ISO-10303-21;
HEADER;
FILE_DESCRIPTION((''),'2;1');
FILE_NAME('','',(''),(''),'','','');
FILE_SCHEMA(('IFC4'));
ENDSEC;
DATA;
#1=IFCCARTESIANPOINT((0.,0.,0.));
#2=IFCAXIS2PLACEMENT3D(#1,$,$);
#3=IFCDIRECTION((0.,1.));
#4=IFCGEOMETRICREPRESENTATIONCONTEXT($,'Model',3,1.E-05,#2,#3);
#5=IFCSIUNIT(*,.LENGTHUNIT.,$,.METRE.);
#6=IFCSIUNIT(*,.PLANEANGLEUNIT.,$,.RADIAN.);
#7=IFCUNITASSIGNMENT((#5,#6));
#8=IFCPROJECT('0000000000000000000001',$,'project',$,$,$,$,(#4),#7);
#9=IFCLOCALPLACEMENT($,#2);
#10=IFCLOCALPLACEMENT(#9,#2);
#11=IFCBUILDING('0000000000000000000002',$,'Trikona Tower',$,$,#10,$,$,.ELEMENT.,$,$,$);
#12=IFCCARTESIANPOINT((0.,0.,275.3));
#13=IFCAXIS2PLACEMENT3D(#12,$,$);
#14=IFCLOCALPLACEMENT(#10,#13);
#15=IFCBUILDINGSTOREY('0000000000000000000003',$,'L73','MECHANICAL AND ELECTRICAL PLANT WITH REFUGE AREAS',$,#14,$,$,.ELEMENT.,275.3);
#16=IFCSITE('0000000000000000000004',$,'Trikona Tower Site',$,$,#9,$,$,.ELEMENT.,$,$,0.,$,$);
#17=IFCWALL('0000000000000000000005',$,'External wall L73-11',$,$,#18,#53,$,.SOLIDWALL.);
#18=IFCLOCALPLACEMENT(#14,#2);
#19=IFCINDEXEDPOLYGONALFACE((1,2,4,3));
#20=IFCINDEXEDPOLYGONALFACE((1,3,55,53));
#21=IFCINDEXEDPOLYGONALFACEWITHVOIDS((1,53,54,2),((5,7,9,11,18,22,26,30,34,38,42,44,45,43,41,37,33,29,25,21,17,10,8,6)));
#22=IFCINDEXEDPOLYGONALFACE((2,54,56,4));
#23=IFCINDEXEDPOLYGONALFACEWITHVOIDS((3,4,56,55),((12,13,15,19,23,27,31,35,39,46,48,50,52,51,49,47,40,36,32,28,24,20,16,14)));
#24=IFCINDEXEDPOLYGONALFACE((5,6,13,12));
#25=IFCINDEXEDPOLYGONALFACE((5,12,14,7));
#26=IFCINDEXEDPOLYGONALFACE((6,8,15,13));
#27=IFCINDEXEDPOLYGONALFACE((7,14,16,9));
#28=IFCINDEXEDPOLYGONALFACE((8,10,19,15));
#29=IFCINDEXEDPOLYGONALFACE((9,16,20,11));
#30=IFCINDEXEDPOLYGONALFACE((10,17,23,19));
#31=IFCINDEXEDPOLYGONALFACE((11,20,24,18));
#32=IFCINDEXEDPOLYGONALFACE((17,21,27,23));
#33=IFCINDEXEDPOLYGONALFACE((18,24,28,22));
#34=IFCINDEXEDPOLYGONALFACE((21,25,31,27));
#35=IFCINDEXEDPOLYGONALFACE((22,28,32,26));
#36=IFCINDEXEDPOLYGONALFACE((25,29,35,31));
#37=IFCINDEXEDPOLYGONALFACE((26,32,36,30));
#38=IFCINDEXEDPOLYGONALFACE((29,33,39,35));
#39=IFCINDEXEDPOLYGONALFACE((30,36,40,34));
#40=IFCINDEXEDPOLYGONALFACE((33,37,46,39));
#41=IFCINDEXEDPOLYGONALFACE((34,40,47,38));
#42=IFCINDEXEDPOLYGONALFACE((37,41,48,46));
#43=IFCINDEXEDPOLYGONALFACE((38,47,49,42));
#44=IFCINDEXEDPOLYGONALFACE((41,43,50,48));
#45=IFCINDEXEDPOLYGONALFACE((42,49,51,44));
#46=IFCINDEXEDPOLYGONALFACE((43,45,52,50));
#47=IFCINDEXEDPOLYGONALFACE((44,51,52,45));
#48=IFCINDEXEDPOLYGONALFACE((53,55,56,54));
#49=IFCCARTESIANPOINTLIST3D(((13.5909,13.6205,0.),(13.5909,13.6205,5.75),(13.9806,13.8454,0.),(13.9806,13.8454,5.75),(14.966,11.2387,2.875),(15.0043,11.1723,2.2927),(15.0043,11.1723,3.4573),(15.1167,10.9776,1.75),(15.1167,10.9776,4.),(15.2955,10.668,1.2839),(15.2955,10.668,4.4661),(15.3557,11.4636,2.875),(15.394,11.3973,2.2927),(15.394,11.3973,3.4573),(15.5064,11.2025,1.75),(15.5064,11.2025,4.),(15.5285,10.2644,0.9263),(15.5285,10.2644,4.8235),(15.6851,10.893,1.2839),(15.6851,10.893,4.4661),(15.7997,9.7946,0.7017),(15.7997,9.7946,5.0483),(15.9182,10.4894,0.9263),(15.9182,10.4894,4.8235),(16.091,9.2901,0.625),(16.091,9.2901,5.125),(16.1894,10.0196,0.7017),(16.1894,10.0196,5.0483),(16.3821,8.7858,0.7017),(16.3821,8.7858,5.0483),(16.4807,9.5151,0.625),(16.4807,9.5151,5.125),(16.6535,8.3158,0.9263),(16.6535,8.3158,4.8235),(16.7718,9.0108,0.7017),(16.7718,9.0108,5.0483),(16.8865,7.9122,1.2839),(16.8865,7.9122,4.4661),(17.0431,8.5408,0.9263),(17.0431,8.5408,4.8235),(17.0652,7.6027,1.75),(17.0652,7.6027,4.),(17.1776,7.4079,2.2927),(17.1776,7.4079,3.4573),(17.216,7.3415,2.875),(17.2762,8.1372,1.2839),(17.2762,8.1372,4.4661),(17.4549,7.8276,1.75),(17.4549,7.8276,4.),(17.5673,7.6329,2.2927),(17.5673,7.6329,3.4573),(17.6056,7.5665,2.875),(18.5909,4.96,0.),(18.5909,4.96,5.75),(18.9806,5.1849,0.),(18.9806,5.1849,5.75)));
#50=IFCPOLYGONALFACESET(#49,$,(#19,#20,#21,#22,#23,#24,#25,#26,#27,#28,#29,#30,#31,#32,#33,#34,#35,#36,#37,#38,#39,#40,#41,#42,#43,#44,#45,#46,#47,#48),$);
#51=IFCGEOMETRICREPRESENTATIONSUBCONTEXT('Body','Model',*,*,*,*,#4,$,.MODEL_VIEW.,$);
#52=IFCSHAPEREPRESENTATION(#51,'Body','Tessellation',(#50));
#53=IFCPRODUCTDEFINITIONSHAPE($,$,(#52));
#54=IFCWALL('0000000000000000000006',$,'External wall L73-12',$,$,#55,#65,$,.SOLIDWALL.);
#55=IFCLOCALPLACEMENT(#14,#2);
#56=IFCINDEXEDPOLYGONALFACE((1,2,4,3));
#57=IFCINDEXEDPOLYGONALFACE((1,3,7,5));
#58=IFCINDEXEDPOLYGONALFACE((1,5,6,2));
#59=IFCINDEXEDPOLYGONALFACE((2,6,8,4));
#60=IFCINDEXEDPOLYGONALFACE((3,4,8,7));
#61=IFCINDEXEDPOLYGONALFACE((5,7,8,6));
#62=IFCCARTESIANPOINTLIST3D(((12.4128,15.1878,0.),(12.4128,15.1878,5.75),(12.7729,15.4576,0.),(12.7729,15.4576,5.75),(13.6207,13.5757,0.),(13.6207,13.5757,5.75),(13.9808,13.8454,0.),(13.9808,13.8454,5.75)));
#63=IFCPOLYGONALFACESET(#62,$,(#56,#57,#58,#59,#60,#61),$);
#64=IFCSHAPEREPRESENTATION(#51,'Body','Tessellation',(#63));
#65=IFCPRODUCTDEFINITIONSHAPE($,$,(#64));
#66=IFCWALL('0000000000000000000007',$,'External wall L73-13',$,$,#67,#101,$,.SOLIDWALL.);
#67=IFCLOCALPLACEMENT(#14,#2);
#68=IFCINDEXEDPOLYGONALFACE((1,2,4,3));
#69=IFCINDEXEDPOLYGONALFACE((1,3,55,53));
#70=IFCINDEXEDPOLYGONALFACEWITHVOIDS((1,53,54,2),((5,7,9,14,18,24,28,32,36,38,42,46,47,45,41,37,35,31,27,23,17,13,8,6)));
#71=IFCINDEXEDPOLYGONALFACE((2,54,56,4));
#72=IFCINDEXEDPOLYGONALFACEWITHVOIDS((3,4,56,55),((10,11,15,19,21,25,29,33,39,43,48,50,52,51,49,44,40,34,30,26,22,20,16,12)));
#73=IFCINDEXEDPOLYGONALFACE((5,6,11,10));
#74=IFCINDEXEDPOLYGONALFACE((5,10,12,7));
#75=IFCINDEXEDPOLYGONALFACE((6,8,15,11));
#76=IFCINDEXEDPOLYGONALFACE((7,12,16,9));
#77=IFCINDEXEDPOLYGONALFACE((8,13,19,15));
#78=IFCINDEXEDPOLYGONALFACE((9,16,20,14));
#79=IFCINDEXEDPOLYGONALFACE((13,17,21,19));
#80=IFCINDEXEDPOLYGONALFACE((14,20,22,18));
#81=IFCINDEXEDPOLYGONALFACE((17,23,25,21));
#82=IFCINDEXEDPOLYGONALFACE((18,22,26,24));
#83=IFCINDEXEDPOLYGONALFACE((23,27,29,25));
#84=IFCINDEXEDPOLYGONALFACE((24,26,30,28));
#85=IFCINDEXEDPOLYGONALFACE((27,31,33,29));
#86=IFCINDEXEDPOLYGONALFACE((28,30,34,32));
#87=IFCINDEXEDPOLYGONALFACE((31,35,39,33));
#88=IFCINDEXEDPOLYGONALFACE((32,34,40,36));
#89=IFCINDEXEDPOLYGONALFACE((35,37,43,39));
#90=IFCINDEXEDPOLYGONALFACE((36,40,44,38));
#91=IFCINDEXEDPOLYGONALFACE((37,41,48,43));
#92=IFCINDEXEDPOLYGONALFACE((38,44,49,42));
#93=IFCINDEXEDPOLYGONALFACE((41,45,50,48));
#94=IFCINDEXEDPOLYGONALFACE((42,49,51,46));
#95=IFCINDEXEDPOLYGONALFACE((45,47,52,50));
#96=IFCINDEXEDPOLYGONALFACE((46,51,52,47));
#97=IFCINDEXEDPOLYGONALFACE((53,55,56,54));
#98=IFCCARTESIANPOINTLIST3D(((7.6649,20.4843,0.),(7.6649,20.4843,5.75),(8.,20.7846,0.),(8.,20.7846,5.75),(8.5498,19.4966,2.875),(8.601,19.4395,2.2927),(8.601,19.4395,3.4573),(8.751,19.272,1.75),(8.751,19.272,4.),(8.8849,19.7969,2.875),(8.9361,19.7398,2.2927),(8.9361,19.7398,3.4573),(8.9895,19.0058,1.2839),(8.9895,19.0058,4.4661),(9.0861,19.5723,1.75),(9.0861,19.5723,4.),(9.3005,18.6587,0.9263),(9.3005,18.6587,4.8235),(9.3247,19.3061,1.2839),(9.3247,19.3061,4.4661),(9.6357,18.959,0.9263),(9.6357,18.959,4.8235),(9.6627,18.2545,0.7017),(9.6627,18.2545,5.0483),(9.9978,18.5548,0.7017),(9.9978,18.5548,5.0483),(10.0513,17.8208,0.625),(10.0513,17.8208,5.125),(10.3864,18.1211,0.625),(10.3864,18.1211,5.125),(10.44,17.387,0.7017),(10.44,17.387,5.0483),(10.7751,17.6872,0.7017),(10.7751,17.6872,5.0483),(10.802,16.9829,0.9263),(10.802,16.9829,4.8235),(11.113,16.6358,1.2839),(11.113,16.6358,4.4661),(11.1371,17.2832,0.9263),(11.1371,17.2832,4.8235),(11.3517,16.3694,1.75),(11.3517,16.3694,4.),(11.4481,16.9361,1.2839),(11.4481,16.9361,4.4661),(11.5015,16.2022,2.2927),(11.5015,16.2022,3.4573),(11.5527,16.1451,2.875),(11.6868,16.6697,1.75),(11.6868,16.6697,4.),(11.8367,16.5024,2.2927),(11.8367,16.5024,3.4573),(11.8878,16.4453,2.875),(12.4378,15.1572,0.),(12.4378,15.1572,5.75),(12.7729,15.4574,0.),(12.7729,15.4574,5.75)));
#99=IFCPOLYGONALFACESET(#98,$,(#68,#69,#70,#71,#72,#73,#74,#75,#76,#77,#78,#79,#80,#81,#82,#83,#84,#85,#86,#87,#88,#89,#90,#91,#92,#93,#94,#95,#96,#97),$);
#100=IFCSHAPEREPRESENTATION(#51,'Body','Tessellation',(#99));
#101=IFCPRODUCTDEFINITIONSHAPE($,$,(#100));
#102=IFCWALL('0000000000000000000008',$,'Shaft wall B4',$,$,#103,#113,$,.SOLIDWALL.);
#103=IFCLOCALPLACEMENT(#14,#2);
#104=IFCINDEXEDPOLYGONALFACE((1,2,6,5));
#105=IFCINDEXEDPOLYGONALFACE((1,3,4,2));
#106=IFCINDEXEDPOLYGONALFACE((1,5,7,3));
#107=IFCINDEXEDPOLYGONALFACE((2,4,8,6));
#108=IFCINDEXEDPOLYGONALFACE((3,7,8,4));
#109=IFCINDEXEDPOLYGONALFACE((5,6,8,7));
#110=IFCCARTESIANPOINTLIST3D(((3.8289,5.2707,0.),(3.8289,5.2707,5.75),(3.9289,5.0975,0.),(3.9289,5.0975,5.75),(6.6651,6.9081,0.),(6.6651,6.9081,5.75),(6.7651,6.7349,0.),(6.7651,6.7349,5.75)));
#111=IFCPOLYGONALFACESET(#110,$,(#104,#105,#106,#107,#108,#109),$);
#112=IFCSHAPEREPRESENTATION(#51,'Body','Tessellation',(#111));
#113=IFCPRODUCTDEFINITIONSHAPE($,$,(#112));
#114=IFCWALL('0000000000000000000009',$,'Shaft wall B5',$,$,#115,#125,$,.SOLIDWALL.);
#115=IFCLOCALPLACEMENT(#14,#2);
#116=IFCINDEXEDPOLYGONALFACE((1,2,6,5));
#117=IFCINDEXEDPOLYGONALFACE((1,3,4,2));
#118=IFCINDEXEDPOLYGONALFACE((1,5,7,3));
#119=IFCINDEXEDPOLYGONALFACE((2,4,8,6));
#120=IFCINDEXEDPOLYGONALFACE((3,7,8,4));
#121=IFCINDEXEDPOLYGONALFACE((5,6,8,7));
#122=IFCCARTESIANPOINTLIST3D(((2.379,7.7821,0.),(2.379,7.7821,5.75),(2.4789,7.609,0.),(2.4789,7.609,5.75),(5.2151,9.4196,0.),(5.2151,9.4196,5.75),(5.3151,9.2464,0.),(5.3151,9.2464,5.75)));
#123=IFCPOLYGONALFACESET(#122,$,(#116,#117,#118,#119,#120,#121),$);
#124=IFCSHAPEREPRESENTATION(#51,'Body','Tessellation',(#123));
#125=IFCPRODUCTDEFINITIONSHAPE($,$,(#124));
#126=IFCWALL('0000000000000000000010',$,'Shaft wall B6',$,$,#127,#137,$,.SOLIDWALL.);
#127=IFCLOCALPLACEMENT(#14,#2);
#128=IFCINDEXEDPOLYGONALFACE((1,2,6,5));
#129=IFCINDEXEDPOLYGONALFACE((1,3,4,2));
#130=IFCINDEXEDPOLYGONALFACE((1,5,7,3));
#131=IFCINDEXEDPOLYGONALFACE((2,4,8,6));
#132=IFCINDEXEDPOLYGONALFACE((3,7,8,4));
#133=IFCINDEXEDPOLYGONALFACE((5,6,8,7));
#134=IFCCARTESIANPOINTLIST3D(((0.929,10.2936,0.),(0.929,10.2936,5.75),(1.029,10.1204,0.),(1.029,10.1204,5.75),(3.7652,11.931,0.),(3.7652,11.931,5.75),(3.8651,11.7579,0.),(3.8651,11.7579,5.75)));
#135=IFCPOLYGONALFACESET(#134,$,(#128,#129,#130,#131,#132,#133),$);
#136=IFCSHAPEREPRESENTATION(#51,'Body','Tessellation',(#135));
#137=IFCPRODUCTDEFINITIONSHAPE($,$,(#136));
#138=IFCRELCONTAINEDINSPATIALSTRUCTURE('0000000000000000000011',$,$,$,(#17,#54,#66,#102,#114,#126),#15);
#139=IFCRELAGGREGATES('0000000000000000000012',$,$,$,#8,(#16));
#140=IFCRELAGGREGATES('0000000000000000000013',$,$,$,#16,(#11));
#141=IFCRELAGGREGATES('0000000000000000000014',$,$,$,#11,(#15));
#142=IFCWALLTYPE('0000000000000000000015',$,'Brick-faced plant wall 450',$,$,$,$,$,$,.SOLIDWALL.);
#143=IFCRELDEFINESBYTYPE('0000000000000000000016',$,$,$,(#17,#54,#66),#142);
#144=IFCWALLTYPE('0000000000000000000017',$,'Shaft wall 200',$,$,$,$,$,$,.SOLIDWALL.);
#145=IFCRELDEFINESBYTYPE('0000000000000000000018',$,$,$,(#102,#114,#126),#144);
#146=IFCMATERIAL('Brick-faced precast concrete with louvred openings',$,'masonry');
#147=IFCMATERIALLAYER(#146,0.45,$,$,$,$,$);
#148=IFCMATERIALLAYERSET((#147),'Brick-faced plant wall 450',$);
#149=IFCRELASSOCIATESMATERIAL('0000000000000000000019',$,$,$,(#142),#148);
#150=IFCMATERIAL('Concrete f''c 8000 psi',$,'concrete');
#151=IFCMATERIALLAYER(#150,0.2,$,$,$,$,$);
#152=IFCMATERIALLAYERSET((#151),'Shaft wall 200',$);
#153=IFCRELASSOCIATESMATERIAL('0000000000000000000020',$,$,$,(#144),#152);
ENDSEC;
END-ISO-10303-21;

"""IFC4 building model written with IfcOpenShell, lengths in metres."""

from ifc_helpers import new_model, si_unit, direction, frame, frame_2d, origin, place, context, subcontext, project, spatial, polyline, rectangle, outline, extrude, material, layer, layer_set, type_object, element, save


model = new_model("IFC4")

# Units and contexts
model_context = context("Model", 3, precision=1e-05, world=origin(), true_north=direction((0.0, 1.0)))
body_context = subcontext(model_context, "Body", "Model", "MODEL_VIEW")
ifc_project = project(units=[si_unit("LENGTHUNIT", "METRE"), si_unit("PLANEANGLEUNIT", "RADIAN")], contexts=[model_context])

# Site, building, storey
site_placement = place(None, origin())
site = spatial("IfcSite", under=ifc_project, at=site_placement, Name="Trikona Tower Site", CompositionType="ELEMENT", RefElevation=0.0)
building_placement = place(site_placement, origin())
building = spatial("IfcBuilding", under=site, at=building_placement, Name="Trikona Tower", CompositionType="ELEMENT")
storey_placement = place(building_placement, frame((0.0, 0.0, 275.3)))
storey = spatial("IfcBuildingStorey", under=building, at=storey_placement, Name="L73", Description="MECHANICAL AND ELECTRICAL PLANT WITH REFUGE AREAS", CompositionType="ELEMENT", Elevation=275.3)

# Walls
ifc_material_1 = material(Name="Brick-faced precast concrete with louvred openings", Category="masonry")
ifc_layer_1 = layer(ifc_material_1, 0.45)
ifc_layer_set_1 = layer_set([ifc_layer_1], Name="Brick-faced plant wall 450")
wall_type_1 = type_object("IfcWallType", Name="Brick-faced plant wall 450", PredefinedType="SOLIDWALL", material=ifc_layer_set_1)
wall_1_placement = place(storey_placement, frame((18.7859, 5.0725, 0.0), z_axis=(0.0, 0.0, 1.0), x_axis=(-0.499994, 0.866029, 0.0)))
element("IfcWall", 1, at=wall_1_placement, inside=storey, type_object=wall_type_1, Name="External wall L73-11", PredefinedType="SOLIDWALL", context=body_context, shape_type="SweptSolid", body=[
    extrude(outline(polyline([(0.0, 0.0), (10.0002, 0.0), (10.0002, 5.75), (0.0, 5.75), (0.0, 0.0)]), holes=[polyline([(7.25, 2.875), (7.1733, 3.4573), (6.9485, 4.0), (6.5911, 4.4661), (6.125, 4.8235), (5.5825, 5.0483), (5.0, 5.125), (4.4177, 5.0483), (3.875, 4.8235), (3.4089, 4.4661), (3.0515, 4.0), (2.8267, 3.4573), (2.75, 2.875), (2.8267, 2.2927), (3.0515, 1.75), (3.4089, 1.2839), (3.875, 0.9263), (4.4177, 0.7017), (5.0, 0.625), (5.5825, 0.7017), (6.125, 0.9263), (6.5911, 1.2839), (6.9485, 1.75), (7.1733, 2.2927), (7.25, 2.875)])]), frame((0.0, 0.2251, 0.0), z_axis=(0.0, -1.0, 0.0), x_axis=(1.0, 0.0, 0.0)), (0.0, 0.0, 1.0), 0.45),
])
wall_2_placement = place(storey_placement, frame((13.8008, 13.7104, 0.0), z_axis=(0.0, 0.0, 1.0), x_axis=(-0.599593, 0.800305, 0.0)))
element("IfcWall", 2, at=wall_2_placement, inside=storey, type_object=wall_type_1, Name="External wall L73-12", PredefinedType="SOLIDWALL", context=body_context, shape_type="SweptSolid", body=[
    extrude(rectangle(XDim=2.0144, YDim=0.45, at=frame_2d((1.0073, 0.0))), origin(), (0.0, 0.0, 1.0), 5.75),
])
wall_3_placement = place(storey_placement, frame((12.6055, 15.3074, 0.0), z_axis=(0.0, 0.0, 1.0), x_axis=(-0.667304, 0.744786, 0.0)))
element("IfcWall", 3, at=wall_3_placement, inside=storey, type_object=wall_type_1, Name="External wall L73-13", PredefinedType="SOLIDWALL", context=body_context, shape_type="SweptSolid", body=[
    extrude(outline(polyline([(0.0, 0.0), (7.1526, 0.0), (7.1526, 5.75), (0.0, 5.75), (0.0, 0.0)]), holes=[polyline([(5.8264, 2.875), (5.7498, 3.4573), (5.5249, 4.0), (5.1675, 4.4661), (4.7014, 4.8235), (4.1587, 5.0483), (3.5764, 5.125), (2.9939, 5.0483), (2.4514, 4.8235), (1.9854, 4.4661), (1.6277, 4.0), (1.4031, 3.4573), (1.3264, 2.875), (1.4031, 2.2927), (1.6277, 1.75), (1.9854, 1.2839), (2.4514, 0.9263), (2.9939, 0.7017), (3.5764, 0.625), (4.1587, 0.7017), (4.7014, 0.9263), (5.1675, 1.2839), (5.5249, 1.75), (5.7498, 2.2927), (5.8264, 2.875)])]), frame((0.0, 0.2251, 0.0), z_axis=(0.0, -1.0, 0.0), x_axis=(1.0, 0.0, 0.0)), (0.0, 0.0, 1.0), 0.45),
])
ifc_material_2 = material(Name="Concrete f'c 8000 psi", Category="concrete")
ifc_layer_2 = layer(ifc_material_2, 0.2)
ifc_layer_set_2 = layer_set([ifc_layer_2], Name="Shaft wall 200")
wall_type_2 = type_object("IfcWallType", Name="Shaft wall 200", PredefinedType="SOLIDWALL", material=ifc_layer_set_2)
for number, where, z_axis, x_axis, name in (
    (4, (3.8789, 5.1841, 0.0), (0.0, 0.0, 1.0), (0.866028, 0.499996, 0.0), "Shaft wall B4"),
    (5, (2.429, 7.6956, 0.0), (0.0, 0.0, 1.0), (0.866028, 0.499996, 0.0), "Shaft wall B5"),
    (6, (0.979, 10.207, 0.0), (0.0, 0.0, 1.0), (0.866028, 0.499996, 0.0), "Shaft wall B6"),
):
    element("IfcWall", number, at=place(storey_placement, frame(where, z_axis=z_axis, x_axis=x_axis)), inside=storey, type_object=wall_type_2, Name=name, PredefinedType="SOLIDWALL", context=body_context, shape_type="SweptSolid", body=[
        extrude(rectangle(XDim=3.2749, YDim=0.2, at=frame_2d((1.6375, 0.0))), origin(), (0.0, 0.0, 1.0), 5.75),
    ])

save(model, "model.ifc")
